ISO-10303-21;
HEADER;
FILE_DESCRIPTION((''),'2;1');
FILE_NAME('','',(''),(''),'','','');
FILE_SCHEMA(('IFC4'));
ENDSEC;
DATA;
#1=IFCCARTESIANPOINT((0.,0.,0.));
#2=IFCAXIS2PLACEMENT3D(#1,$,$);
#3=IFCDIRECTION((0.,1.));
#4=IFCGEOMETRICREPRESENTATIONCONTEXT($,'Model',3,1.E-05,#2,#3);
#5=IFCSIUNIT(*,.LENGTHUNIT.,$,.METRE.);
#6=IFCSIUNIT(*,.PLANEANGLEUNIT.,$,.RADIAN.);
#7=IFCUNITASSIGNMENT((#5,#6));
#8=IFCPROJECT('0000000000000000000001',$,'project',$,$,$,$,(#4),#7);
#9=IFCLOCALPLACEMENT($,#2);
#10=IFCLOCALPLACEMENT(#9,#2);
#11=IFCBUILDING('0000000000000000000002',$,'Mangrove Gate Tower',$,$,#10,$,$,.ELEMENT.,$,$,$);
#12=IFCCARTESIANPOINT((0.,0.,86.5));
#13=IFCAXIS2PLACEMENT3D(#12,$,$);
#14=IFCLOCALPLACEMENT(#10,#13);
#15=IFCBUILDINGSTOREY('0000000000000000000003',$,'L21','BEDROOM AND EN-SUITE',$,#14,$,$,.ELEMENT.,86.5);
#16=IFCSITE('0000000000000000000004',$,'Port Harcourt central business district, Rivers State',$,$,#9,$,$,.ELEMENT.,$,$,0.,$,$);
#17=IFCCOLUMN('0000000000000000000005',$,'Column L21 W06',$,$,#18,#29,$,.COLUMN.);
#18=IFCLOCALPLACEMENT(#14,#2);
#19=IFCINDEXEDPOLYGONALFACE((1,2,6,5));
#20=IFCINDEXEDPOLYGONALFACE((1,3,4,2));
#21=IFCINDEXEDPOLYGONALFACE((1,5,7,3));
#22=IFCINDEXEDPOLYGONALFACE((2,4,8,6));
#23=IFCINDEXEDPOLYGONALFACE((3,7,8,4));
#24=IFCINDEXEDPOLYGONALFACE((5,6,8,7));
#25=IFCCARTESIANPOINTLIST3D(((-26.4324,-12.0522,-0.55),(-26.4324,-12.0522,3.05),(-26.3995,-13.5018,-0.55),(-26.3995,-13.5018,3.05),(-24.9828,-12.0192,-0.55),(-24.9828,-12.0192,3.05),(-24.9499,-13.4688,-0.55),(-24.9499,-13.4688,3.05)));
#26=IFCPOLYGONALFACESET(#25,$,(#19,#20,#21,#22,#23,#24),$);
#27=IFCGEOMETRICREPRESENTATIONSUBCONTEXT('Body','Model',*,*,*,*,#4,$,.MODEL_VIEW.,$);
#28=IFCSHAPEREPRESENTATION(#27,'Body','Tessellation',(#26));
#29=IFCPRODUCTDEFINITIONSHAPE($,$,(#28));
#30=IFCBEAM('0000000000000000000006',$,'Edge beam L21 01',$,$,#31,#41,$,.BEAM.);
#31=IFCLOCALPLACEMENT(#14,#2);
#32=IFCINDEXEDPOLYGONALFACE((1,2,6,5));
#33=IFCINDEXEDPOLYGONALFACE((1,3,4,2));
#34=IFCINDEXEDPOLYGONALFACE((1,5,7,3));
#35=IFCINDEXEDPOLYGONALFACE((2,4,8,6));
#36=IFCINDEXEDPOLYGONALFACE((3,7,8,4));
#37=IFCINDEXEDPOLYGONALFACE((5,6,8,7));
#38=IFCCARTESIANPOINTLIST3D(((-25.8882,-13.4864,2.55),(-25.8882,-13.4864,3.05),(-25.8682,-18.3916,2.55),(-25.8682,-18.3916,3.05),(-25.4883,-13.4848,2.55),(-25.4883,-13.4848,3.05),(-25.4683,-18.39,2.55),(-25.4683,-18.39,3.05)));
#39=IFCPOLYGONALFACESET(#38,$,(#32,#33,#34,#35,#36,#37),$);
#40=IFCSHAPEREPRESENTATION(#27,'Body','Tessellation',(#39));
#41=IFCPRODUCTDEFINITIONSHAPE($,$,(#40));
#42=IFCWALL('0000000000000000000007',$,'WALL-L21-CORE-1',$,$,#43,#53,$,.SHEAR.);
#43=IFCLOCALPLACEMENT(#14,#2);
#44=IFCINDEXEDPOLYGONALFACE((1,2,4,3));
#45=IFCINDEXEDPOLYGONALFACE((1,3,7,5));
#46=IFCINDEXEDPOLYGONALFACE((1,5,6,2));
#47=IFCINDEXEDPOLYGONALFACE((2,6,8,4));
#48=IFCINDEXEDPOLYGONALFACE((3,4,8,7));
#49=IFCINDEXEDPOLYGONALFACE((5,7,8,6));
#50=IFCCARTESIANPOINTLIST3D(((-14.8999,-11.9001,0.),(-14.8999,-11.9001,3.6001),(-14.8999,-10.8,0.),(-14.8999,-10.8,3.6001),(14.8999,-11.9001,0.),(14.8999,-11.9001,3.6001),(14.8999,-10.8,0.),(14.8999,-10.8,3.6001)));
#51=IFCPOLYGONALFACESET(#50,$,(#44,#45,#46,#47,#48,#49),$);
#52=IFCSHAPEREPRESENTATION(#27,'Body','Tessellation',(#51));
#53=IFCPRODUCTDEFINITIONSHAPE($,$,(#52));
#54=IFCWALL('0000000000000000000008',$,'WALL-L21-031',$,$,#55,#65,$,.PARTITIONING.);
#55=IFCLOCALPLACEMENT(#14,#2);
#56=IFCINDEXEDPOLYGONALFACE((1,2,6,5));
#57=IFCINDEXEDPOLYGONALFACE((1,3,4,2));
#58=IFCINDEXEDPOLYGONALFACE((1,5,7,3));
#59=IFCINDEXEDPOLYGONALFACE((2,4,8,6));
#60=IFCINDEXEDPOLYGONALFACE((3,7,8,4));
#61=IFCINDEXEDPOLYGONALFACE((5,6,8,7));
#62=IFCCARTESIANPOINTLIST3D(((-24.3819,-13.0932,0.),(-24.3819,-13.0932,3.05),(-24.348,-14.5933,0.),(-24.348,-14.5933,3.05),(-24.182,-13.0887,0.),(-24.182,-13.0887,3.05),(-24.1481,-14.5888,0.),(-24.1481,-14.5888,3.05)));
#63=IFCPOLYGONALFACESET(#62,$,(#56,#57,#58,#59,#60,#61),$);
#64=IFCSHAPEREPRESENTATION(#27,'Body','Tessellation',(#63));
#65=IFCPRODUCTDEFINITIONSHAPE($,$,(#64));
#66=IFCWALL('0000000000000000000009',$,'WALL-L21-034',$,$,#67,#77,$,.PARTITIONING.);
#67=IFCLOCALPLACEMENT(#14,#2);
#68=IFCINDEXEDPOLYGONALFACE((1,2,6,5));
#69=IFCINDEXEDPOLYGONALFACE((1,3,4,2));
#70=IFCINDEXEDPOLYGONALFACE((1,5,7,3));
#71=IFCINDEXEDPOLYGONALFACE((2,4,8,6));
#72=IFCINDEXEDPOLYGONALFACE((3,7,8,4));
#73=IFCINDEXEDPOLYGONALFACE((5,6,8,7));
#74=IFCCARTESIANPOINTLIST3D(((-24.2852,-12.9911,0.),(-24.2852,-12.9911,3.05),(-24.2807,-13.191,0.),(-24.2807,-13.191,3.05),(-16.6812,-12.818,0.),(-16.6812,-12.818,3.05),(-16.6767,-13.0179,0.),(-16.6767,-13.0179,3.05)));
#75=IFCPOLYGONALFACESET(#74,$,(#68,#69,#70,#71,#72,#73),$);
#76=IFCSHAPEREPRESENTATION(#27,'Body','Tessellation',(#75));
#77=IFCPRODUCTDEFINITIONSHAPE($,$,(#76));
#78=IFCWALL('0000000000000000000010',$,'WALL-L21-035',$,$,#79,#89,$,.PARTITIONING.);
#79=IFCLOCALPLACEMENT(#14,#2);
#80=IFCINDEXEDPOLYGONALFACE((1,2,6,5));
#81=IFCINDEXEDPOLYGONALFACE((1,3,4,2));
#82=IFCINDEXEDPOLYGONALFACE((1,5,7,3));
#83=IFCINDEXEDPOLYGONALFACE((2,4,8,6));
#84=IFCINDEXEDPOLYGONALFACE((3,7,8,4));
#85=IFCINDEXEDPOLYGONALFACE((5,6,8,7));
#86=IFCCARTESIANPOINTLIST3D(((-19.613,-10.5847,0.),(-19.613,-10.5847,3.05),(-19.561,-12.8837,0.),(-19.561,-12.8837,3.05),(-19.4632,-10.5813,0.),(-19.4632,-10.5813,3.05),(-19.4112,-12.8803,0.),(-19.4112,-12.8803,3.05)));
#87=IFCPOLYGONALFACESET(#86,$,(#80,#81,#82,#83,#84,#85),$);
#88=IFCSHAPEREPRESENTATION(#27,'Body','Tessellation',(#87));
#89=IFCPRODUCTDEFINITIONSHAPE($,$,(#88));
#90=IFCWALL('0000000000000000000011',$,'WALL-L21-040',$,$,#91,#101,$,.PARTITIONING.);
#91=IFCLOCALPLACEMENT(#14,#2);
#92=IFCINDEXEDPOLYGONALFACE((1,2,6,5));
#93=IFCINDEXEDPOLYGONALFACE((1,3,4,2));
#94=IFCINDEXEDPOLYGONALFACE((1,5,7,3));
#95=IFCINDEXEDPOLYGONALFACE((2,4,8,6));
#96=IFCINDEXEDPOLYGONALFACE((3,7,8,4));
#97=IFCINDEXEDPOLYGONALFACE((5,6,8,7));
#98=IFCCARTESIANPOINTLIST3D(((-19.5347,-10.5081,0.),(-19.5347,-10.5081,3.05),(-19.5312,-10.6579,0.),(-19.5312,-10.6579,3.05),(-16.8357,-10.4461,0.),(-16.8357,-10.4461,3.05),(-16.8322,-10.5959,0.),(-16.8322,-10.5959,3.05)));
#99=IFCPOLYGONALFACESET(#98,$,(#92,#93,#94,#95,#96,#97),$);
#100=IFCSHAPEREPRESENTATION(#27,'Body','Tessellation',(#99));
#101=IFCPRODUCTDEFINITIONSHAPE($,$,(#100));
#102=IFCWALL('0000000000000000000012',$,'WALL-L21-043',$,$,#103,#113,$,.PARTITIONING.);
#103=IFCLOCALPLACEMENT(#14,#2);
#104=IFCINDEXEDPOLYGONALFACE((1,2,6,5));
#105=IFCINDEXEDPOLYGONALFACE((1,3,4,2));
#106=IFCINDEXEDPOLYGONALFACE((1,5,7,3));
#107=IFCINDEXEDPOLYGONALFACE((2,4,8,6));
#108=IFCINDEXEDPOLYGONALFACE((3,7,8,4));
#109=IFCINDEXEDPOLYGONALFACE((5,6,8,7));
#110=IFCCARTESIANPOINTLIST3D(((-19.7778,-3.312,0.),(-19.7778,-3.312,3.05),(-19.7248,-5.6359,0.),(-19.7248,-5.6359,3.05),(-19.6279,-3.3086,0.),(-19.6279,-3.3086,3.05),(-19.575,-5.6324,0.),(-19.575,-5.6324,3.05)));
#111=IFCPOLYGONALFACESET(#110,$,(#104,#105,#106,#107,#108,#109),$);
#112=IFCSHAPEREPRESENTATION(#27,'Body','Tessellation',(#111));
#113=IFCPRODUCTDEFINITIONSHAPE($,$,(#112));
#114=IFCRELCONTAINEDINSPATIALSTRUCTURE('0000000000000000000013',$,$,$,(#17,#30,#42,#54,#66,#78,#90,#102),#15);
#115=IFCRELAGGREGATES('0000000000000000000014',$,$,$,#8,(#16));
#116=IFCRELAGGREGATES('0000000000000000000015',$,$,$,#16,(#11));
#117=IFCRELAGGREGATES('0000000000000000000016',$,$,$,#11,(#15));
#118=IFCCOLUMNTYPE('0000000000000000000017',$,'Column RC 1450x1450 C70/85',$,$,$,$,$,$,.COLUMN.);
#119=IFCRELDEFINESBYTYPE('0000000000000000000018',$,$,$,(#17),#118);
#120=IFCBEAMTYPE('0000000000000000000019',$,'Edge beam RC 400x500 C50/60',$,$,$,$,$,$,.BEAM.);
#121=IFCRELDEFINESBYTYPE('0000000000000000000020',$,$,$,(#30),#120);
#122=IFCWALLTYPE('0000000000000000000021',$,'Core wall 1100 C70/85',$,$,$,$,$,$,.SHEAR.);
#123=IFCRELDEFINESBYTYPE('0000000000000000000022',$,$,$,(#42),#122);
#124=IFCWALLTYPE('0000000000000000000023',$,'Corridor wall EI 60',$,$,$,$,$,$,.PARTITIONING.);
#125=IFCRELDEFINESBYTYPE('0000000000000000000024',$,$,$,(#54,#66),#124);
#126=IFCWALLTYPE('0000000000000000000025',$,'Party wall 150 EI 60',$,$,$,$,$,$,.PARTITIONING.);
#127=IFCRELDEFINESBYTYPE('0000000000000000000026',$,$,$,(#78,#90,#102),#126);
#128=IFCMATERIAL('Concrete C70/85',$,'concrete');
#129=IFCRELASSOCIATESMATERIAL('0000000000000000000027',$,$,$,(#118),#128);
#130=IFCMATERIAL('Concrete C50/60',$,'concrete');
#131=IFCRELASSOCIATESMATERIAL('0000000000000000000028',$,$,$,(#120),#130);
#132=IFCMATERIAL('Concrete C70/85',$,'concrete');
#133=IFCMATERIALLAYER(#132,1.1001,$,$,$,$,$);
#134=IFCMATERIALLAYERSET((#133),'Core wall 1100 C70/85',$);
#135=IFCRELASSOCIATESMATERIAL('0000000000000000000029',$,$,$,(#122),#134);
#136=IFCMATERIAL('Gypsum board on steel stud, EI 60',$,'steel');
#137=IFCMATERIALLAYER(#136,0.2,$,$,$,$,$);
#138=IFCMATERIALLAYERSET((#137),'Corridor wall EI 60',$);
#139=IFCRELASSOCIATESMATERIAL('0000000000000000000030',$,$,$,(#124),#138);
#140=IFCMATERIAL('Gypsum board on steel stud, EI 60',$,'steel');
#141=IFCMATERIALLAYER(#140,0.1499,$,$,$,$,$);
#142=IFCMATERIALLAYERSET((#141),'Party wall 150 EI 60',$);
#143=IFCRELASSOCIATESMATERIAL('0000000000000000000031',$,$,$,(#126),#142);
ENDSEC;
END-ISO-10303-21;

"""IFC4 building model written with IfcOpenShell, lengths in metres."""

from ifc_helpers import new_model, si_unit, direction, frame, frame_2d, origin, origin_2d, place, context, subcontext, project, spatial, rectangle, extrude, material, layer, layer_set, material_profile, profile_set, type_object, element, save


model = new_model("IFC4")

# Units and contexts
model_context = context("Model", 3, precision=1e-05, world=origin(), true_north=direction((0.0, 1.0)))
body_context = subcontext(model_context, "Body", "Model", "MODEL_VIEW")
ifc_project = project(units=[si_unit("LENGTHUNIT", "METRE"), si_unit("PLANEANGLEUNIT", "RADIAN")], contexts=[model_context])

# Site, building, storey
site_placement = place(None, origin())
site = spatial("IfcSite", under=ifc_project, at=site_placement, Name="Port Harcourt central business district, Rivers State", CompositionType="ELEMENT", RefElevation=0.0)
building_placement = place(site_placement, origin())
building = spatial("IfcBuilding", under=site, at=building_placement, Name="Mangrove Gate Tower", CompositionType="ELEMENT")
storey_placement = place(building_placement, frame((0.0, 0.0, 86.5)))
storey = spatial("IfcBuildingStorey", under=building, at=storey_placement, Name="L21", Description="BEDROOM AND EN-SUITE", CompositionType="ELEMENT", Elevation=86.5)

# Column
ifc_material_1 = material(Name="Concrete C70/85", Category="concrete")
ifc_material_profile_1 = material_profile(ifc_material_1, rectangle(XDim=1.45, YDim=1.45, at=origin_2d()))
ifc_profile_set_1 = profile_set([ifc_material_profile_1], Name="Concrete C70/85")
column_type = type_object("IfcColumnType", Name="Column RC 1450x1450 C70/85", PredefinedType="COLUMN", material=ifc_profile_set_1)
column_placement = place(storey_placement, frame((-25.6912, -12.7605, -0.55), z_axis=(0.0, 0.0, 1.0), x_axis=(0.022712, -0.999742, 0.0)))
element("IfcColumn", 1, at=column_placement, inside=storey, type_object=column_type, Name="Column L21 W06", PredefinedType="COLUMN", context=body_context, shape_type="SweptSolid", body=[
    extrude(rectangle(XDim=1.45, YDim=1.45, at=origin_2d()), origin(), (0.0, 0.0, 1.0), 3.6001),
])

# Beam
ifc_material_2 = material(Name="Concrete C50/60", Category="concrete")
ifc_material_profile_2 = material_profile(ifc_material_2, rectangle(XDim=0.3999, YDim=0.5, at=origin_2d()))
ifc_profile_set_2 = profile_set([ifc_material_profile_2], Name="Concrete C50/60")
beam_type = type_object("IfcBeamType", Name="Edge beam RC 400x500 C50/60", PredefinedType="BEAM", material=ifc_profile_set_2)
beam_placement = place(storey_placement, frame((-25.6882, -13.4856, 2.8), z_axis=(0.004081, -0.999992, 0.0), x_axis=(0.999992, 0.004081, 0.0)))
element("IfcBeam", 2, at=beam_placement, inside=storey, type_object=beam_type, Name="Edge beam L21 01", PredefinedType="BEAM", context=body_context, shape_type="SweptSolid", body=[
    extrude(rectangle(XDim=0.3999, YDim=0.5, at=origin_2d()), origin(), (0.0, 0.0, 1.0), 4.9053),
])

# Walls
ifc_material_3 = material(Name="Concrete C70/85", Category="concrete")
ifc_layer_1 = layer(ifc_material_3, 1.1001)
ifc_layer_set_1 = layer_set([ifc_layer_1], Name="Core wall 1100 C70/85")
wall_type_1 = type_object("IfcWallType", Name="Core wall 1100 C70/85", PredefinedType="SHEAR", material=ifc_layer_set_1)
wall_1_placement = place(storey_placement, frame((-14.8999, -11.3501, 0.0), z_axis=(0.0, 0.0, 1.0), x_axis=(1.0, 0.0, 0.0)))
element("IfcWall", 3, at=wall_1_placement, inside=storey, type_object=wall_type_1, Name="WALL-L21-CORE-1", PredefinedType="SHEAR", context=body_context, shape_type="SweptSolid", body=[
    extrude(rectangle(XDim=29.7998, YDim=1.1001, at=frame_2d((14.8999, 0.0))), origin(), (0.0, 0.0, 1.0), 3.6001),
])
ifc_material_4 = material(Name="Gypsum board on steel stud, EI 60", Category="steel")
ifc_layer_2 = layer(ifc_material_4, 0.2)
ifc_layer_set_2 = layer_set([ifc_layer_2], Name="Corridor wall EI 60")
wall_type_2 = type_object("IfcWallType", Name="Corridor wall EI 60", PredefinedType="PARTITIONING", material=ifc_layer_set_2)
wall_2_placement = place(storey_placement, frame((-24.248, -14.5911, 0.0), z_axis=(0.0, 0.0, 1.0), x_axis=(-0.022618, 0.999744, 0.0)))
element("IfcWall", 4, at=wall_2_placement, inside=storey, type_object=wall_type_2, Name="WALL-L21-031", PredefinedType="PARTITIONING", context=body_context, shape_type="SweptSolid", body=[
    extrude(rectangle(XDim=1.5005, YDim=0.2, at=frame_2d((0.7502, 0.0))), origin(), (0.0, 0.0, 1.0), 3.05),
])
wall_3_placement = place(storey_placement, frame((-24.283, -13.0911, 0.0), z_axis=(0.0, 0.0, 1.0), x_axis=(0.999741, 0.022758, 0.0)))
element("IfcWall", 5, at=wall_3_placement, inside=storey, type_object=wall_type_2, Name="WALL-L21-034", PredefinedType="PARTITIONING", context=body_context, shape_type="SweptSolid", body=[
    extrude(rectangle(XDim=7.606, YDim=0.2, at=frame_2d((3.803, 0.0))), origin(), (0.0, 0.0, 1.0), 3.05),
])

# Walls
ifc_material_5 = material(Name="Gypsum board on steel stud, EI 60", Category="steel")
ifc_layer_3 = layer(ifc_material_5, 0.1499)
ifc_layer_set_3 = layer_set([ifc_layer_3], Name="Party wall 150 EI 60")
wall_type_3 = type_object("IfcWallType", Name="Party wall 150 EI 60", PredefinedType="PARTITIONING", material=ifc_layer_set_3)
wall_4_placement = place(storey_placement, frame((-19.4861, -12.8821, 0.0), z_axis=(0.0, 0.0, 1.0), x_axis=(-0.022613, 0.999744, 0.0)))
element("IfcWall", 6, at=wall_4_placement, inside=storey, type_object=wall_type_3, Name="WALL-L21-035", PredefinedType="PARTITIONING", context=body_context, shape_type="SweptSolid", body=[
    extrude(rectangle(XDim=2.2996, YDim=0.1499, at=frame_2d((1.1499, 0.0))), origin(), (0.0, 0.0, 1.0), 3.05),
])
wall_5_placement = place(storey_placement, frame((-19.533, -10.583, 0.0), z_axis=(0.0, 0.0, 1.0), x_axis=(0.999736, 0.02297, 0.0)))
element("IfcWall", 7, at=wall_5_placement, inside=storey, type_object=wall_type_3, Name="WALL-L21-040", PredefinedType="PARTITIONING", context=body_context, shape_type="SweptSolid", body=[
    extrude(rectangle(XDim=2.6997, YDim=0.1499, at=frame_2d((1.3499, 0.0))), origin(), (0.0, 0.0, 1.0), 3.05),
])
wall_6_placement = place(storey_placement, frame((-19.6499, -5.634, 0.0), z_axis=(0.0, 0.0, 1.0), x_axis=(-0.022791, 0.99974, 0.0)))
element("IfcWall", 8, at=wall_6_placement, inside=storey, type_object=wall_type_3, Name="WALL-L21-043", PredefinedType="PARTITIONING", context=body_context, shape_type="SweptSolid", body=[
    extrude(rectangle(XDim=2.3245, YDim=0.1499, at=frame_2d((1.1621, 0.0))), origin(), (0.0, 0.0, 1.0), 3.05),
])

save(model, "model.ifc")
